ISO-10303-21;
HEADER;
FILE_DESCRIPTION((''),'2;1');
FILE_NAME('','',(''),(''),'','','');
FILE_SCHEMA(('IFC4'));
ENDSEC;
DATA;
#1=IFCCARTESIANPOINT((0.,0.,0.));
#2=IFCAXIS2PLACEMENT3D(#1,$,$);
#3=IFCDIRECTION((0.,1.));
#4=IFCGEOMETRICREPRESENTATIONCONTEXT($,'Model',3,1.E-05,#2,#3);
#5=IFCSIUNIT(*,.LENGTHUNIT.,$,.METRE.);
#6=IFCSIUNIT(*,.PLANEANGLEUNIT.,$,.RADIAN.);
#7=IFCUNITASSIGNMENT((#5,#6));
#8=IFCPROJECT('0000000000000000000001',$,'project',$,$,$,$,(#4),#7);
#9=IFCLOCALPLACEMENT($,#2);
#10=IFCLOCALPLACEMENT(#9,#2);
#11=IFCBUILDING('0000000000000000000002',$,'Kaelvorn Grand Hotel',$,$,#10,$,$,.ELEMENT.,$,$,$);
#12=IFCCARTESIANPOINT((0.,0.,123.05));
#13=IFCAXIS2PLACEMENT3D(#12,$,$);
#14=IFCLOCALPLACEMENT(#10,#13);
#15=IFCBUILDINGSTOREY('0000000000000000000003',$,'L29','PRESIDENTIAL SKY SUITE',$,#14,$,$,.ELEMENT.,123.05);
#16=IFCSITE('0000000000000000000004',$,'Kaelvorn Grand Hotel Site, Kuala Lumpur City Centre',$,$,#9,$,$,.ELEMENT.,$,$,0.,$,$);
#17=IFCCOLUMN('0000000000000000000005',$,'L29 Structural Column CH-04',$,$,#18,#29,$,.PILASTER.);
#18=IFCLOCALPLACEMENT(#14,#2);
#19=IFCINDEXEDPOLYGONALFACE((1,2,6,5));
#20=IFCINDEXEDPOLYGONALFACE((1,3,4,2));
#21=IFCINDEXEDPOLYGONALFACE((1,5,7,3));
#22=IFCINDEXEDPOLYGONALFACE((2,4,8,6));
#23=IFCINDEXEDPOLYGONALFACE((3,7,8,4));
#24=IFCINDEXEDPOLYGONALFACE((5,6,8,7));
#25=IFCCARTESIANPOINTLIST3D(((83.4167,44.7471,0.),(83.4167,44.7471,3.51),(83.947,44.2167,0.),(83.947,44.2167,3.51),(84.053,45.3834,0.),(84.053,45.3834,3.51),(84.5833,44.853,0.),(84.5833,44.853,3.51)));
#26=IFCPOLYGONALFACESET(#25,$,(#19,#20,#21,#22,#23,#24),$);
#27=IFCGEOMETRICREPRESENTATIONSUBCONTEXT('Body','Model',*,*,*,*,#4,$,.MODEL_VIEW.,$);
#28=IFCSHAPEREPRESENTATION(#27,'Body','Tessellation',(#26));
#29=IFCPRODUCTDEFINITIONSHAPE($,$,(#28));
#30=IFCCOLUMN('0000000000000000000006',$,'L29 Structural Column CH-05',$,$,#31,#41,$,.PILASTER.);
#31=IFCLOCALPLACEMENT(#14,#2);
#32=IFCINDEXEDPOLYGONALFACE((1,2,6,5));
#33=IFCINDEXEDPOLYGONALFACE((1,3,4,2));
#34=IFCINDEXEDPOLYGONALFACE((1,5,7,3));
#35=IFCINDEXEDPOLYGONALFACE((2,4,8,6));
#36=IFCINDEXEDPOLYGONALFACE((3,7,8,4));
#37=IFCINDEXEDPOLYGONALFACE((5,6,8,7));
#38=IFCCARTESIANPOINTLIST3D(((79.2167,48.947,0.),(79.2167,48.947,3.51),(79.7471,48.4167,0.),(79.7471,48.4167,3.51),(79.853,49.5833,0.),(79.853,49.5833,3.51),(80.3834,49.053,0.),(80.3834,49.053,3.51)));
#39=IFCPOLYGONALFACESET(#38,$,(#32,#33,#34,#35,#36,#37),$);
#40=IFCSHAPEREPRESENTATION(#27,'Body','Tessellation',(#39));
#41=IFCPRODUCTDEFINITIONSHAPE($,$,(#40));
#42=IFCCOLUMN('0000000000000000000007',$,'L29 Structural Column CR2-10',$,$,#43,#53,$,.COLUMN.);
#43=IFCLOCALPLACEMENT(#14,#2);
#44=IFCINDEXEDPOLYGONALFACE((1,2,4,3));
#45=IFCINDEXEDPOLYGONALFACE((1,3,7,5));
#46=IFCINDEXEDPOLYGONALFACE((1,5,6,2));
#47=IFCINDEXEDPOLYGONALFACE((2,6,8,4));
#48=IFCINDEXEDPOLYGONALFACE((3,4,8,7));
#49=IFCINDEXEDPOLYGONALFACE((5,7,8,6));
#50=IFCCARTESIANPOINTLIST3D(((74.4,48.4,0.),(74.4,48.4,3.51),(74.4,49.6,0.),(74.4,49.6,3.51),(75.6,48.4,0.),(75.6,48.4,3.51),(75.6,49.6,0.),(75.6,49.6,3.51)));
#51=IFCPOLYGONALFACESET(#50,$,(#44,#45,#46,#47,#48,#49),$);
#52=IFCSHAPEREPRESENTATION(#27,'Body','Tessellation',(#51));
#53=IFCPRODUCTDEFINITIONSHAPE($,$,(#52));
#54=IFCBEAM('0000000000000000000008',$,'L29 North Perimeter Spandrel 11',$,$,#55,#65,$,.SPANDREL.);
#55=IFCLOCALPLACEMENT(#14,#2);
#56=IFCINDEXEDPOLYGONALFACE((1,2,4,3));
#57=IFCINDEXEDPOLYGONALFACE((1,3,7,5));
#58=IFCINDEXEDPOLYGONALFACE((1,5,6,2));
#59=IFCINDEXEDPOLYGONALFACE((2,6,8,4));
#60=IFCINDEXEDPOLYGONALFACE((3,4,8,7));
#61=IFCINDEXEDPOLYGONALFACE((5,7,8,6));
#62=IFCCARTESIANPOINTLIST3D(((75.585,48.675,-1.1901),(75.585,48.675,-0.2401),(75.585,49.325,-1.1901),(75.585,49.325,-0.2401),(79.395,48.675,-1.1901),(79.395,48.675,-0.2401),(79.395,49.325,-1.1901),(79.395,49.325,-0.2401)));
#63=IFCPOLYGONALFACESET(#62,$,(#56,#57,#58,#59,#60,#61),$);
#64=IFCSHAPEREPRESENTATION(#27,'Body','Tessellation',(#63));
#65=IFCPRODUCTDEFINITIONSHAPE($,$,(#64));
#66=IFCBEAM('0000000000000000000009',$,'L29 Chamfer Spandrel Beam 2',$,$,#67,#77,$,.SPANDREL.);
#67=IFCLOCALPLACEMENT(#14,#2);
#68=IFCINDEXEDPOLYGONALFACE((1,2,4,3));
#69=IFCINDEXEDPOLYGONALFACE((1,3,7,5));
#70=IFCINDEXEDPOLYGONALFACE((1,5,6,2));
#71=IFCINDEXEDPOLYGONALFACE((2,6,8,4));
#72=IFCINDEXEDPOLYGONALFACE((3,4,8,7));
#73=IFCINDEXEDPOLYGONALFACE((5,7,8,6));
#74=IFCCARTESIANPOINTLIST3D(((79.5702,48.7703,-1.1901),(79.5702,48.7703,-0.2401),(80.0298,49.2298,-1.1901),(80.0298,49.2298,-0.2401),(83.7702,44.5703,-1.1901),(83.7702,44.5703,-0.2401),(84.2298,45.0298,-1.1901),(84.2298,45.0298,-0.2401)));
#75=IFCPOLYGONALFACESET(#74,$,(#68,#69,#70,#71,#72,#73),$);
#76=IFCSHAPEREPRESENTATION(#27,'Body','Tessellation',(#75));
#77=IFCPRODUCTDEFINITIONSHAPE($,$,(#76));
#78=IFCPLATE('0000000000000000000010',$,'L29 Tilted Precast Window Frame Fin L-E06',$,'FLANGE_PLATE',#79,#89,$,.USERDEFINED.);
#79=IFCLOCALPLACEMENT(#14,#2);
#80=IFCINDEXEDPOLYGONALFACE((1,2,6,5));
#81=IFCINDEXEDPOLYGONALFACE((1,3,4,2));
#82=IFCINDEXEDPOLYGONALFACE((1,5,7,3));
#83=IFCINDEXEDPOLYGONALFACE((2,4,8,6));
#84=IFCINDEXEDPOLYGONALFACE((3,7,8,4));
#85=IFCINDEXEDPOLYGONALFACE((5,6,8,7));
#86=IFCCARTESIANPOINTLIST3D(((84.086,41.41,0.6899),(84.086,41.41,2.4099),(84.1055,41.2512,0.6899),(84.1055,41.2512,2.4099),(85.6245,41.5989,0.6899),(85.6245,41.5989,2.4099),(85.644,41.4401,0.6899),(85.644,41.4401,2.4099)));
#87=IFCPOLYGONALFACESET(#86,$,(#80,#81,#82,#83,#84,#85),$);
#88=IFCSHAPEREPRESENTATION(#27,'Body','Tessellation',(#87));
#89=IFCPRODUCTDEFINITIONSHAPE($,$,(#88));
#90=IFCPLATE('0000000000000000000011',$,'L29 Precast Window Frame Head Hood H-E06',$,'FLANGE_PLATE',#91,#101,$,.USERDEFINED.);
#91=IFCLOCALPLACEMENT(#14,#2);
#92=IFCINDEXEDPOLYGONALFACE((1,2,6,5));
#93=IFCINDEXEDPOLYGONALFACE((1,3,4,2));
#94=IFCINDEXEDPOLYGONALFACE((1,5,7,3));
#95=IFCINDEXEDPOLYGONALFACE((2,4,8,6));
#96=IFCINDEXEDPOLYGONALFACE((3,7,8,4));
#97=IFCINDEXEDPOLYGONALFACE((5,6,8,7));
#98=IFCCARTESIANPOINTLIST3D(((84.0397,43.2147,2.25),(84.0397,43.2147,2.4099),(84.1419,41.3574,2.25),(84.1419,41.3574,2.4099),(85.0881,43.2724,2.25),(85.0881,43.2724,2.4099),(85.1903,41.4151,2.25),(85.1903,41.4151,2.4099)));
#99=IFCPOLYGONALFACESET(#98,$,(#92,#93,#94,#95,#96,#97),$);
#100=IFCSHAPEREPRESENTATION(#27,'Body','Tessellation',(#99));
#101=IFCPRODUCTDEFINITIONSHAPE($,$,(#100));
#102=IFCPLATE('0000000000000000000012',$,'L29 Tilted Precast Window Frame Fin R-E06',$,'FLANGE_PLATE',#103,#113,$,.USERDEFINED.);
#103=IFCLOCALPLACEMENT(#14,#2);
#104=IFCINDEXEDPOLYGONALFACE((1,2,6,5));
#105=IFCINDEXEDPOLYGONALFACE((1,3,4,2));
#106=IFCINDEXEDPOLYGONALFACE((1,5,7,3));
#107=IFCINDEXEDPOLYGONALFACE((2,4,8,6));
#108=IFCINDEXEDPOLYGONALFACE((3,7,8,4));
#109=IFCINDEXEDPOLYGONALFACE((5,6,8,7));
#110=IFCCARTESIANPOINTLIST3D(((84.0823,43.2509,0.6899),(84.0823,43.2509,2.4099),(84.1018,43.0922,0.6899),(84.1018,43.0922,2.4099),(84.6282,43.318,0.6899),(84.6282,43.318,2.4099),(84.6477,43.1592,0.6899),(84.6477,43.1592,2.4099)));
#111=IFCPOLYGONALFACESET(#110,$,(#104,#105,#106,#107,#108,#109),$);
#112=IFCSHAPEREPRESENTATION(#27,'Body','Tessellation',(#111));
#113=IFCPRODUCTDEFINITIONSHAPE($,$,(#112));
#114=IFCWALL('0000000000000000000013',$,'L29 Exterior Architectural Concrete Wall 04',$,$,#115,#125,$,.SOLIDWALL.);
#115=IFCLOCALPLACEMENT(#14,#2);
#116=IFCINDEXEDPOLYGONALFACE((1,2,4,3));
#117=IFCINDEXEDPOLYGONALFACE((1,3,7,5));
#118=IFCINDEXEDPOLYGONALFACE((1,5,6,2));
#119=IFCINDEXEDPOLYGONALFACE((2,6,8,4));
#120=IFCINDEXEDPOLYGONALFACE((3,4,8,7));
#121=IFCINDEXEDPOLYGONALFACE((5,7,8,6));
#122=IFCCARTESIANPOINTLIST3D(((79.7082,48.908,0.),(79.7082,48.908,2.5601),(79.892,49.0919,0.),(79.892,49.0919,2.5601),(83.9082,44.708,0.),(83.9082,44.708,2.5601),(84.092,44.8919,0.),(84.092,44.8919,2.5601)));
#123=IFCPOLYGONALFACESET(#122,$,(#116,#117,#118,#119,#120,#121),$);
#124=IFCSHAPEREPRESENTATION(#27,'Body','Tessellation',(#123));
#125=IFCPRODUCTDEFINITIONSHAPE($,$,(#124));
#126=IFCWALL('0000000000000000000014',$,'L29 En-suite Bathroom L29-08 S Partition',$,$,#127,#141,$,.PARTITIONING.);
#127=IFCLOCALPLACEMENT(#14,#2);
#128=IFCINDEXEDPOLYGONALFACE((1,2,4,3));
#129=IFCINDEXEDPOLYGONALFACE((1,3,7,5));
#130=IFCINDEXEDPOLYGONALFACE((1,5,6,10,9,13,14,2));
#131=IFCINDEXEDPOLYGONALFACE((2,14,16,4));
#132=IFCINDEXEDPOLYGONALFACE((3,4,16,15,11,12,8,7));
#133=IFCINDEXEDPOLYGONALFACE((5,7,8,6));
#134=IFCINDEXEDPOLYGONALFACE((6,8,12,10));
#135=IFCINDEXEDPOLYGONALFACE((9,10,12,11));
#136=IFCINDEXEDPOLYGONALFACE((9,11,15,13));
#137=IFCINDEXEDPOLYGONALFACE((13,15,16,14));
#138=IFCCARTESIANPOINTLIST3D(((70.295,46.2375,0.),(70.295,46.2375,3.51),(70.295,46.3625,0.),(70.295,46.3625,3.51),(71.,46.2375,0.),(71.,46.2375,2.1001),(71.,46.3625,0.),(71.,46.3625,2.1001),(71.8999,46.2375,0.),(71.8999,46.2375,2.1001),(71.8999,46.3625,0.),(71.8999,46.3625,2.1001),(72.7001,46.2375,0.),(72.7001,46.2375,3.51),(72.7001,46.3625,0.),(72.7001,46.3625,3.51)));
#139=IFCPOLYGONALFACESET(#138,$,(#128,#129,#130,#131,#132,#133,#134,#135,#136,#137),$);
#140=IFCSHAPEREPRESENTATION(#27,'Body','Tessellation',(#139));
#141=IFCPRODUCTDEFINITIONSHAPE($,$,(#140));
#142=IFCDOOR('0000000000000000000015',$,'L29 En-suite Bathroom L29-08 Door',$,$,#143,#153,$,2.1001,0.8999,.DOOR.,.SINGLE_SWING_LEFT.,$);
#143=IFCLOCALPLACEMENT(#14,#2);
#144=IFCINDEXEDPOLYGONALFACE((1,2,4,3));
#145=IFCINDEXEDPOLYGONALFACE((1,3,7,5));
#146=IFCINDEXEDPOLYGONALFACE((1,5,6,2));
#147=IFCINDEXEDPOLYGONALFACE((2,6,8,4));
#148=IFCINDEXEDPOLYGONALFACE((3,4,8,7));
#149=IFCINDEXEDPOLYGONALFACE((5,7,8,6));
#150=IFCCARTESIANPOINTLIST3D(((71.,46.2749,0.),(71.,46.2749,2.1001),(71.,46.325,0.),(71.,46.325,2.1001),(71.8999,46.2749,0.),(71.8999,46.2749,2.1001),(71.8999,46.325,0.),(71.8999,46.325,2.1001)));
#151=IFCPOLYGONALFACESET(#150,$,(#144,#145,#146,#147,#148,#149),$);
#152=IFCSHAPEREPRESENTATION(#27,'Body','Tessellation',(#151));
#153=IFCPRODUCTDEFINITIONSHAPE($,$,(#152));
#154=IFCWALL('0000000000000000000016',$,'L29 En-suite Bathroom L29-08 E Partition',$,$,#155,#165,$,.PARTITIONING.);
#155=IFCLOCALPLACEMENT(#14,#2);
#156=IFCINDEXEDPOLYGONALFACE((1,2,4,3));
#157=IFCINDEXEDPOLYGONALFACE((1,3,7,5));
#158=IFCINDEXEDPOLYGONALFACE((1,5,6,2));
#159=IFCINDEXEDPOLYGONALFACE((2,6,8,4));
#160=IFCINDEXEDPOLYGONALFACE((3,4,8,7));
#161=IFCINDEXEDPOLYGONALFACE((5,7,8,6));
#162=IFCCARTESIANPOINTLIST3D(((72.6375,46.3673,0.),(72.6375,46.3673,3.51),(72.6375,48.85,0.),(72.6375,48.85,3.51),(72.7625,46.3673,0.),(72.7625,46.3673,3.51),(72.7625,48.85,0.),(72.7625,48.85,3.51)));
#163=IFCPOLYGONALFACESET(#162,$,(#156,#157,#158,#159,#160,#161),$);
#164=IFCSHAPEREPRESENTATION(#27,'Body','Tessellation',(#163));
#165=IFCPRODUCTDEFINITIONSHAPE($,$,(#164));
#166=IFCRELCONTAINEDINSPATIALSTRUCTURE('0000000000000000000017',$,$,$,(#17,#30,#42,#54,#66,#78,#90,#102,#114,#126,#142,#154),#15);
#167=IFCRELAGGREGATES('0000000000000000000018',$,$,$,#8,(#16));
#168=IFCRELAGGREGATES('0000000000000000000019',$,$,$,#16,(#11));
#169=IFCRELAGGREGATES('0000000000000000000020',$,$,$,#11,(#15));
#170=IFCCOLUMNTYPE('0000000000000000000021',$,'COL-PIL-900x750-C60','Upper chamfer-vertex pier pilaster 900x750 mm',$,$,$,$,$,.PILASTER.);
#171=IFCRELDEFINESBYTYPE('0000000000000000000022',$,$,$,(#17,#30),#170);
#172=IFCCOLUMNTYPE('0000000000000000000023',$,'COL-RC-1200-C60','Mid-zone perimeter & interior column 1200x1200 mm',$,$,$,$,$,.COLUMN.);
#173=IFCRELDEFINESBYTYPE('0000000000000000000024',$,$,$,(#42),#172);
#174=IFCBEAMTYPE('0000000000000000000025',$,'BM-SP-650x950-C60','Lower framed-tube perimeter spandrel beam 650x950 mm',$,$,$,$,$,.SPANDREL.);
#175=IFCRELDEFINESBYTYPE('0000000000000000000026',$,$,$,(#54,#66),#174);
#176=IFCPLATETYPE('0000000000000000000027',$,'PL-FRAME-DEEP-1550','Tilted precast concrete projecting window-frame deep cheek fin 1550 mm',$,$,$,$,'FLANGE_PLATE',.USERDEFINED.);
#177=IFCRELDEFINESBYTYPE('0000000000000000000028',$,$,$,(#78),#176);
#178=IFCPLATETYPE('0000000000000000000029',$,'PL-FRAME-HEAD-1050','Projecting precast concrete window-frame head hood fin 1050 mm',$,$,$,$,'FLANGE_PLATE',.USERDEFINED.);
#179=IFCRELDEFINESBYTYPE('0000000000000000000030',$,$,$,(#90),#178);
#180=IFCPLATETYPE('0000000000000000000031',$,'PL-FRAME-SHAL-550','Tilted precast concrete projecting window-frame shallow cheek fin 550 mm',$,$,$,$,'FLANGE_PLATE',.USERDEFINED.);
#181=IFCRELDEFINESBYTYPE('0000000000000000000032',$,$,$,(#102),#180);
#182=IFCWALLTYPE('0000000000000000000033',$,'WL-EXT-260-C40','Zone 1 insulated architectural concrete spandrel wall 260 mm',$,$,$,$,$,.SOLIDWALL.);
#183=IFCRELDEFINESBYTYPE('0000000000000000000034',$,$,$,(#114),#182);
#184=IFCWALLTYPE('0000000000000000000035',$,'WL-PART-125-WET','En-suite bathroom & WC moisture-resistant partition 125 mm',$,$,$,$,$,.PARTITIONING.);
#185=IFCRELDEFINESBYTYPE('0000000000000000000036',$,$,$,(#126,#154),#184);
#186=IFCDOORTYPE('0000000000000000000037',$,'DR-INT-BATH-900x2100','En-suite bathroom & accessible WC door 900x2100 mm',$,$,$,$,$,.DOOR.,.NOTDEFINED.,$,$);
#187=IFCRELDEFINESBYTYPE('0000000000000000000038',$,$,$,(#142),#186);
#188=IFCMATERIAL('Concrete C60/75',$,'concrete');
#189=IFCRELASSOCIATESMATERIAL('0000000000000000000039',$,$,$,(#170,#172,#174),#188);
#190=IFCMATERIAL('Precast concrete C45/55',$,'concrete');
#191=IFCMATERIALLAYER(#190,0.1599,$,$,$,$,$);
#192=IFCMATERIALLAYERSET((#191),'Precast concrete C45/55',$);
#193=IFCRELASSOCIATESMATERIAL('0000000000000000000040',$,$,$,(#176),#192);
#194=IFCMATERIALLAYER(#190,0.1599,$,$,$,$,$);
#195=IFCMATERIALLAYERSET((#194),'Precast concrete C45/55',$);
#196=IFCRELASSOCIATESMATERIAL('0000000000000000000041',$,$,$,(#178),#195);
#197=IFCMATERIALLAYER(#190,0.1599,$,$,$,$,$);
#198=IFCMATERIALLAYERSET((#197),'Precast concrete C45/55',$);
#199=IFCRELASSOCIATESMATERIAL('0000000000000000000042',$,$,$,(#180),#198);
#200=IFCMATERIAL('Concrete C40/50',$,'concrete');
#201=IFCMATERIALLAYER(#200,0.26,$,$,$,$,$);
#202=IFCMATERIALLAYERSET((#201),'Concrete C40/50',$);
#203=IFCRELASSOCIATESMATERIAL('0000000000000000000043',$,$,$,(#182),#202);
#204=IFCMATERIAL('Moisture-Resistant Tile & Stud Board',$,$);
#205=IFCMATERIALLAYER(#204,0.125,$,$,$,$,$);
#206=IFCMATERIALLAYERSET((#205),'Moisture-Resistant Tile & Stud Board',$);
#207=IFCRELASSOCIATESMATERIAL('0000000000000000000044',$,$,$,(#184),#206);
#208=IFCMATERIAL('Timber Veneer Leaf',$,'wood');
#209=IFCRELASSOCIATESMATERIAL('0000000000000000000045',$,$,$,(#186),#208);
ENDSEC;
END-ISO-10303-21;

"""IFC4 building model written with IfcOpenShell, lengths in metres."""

from ifc_helpers import new_model, si_unit, direction, frame, frame_2d, origin, origin_2d, place, context, subcontext, project, spatial, rectangle, extrude, material, layer, layer_set, material_profile, profile_set, type_object, element, fill, save


model = new_model("IFC4")

# Units and contexts
model_context = context("Model", 3, precision=1e-05, world=origin(), true_north=direction((0.0, 1.0)))
body_context = subcontext(model_context, "Body", "Model", "MODEL_VIEW")
ifc_project = project(units=[si_unit("LENGTHUNIT", "METRE"), si_unit("PLANEANGLEUNIT", "RADIAN")], contexts=[model_context])

# Site, building, storey
site_placement = place(None, origin())
site = spatial("IfcSite", under=ifc_project, at=site_placement, Name="Kaelvorn Grand Hotel Site, Kuala Lumpur City Centre", CompositionType="ELEMENT", RefElevation=0.0)
building_placement = place(site_placement, origin())
building = spatial("IfcBuilding", under=site, at=building_placement, Name="Kaelvorn Grand Hotel", CompositionType="ELEMENT")
storey_placement = place(building_placement, frame((0.0, 0.0, 123.05)))
storey = spatial("IfcBuildingStorey", under=building, at=storey_placement, Name="L29", Description="PRESIDENTIAL SKY SUITE", CompositionType="ELEMENT", Elevation=123.05)

# Columns
ifc_material_1 = material(Name="Concrete C60/75", Category="concrete")
ifc_material_profile_1 = material_profile(ifc_material_1, rectangle(XDim=0.8999, YDim=0.75, at=origin_2d()), Name="RC PILASTER 900x750")
ifc_profile_set_1 = profile_set([ifc_material_profile_1], Name="Concrete C60/75")
column_type_1 = type_object("IfcColumnType", Name="COL-PIL-900x750-C60", Description="Upper chamfer-vertex pier pilaster 900x750 mm", PredefinedType="PILASTER", material=ifc_profile_set_1)
for number, where, z_axis, x_axis, name in (
    (1, (84.0, 44.8, 0.0), (0.0, 0.0, 1.0), (0.707107, 0.707107, 0.0), "L29 Structural Column CH-04"),
    (2, (79.8, 49.0, 0.0), (0.0, 0.0, 1.0), (0.707107, 0.707107, 0.0), "L29 Structural Column CH-05"),
):
    element("IfcColumn", number, at=place(storey_placement, frame(where, z_axis=z_axis, x_axis=x_axis)), inside=storey, type_object=column_type_1, Name=name, PredefinedType="PILASTER", context=body_context, shape_type="SweptSolid", body=[
        extrude(rectangle(XDim=0.8999, YDim=0.75, at=origin_2d()), origin(), (0.0, 0.0, 1.0), 3.51),
    ])
ifc_material_profile_2 = material_profile(ifc_material_1, rectangle(XDim=1.2, YDim=1.2, at=origin_2d()), Name="RC COL 1200x1200")
ifc_profile_set_2 = profile_set([ifc_material_profile_2], Name="Concrete C60/75")
column_type_2 = type_object("IfcColumnType", Name="COL-RC-1200-C60", Description="Mid-zone perimeter & interior column 1200x1200 mm", PredefinedType="COLUMN", material=ifc_profile_set_2)
column_placement = place(storey_placement, frame((75.0, 49.0, 0.0), z_axis=(0.0, 0.0, 1.0), x_axis=(1.0, 0.0, 0.0)))
element("IfcColumn", 3, at=column_placement, inside=storey, type_object=column_type_2, Name="L29 Structural Column CR2-10", PredefinedType="COLUMN", context=body_context, shape_type="SweptSolid", body=[
    extrude(rectangle(XDim=1.2, YDim=1.2, at=origin_2d()), origin(), (0.0, 0.0, 1.0), 3.51),
])

# Beams
ifc_material_profile_3 = material_profile(ifc_material_1, rectangle(XDim=0.6499, YDim=0.95, at=origin_2d()), Name="RC SPANDREL 650x950")
ifc_profile_set_3 = profile_set([ifc_material_profile_3], Name="Concrete C60/75")
beam_type = type_object("IfcBeamType", Name="BM-SP-650x950-C60", Description="Lower framed-tube perimeter spandrel beam 650x950 mm", PredefinedType="SPANDREL", material=ifc_profile_set_3)
beam_1_placement = place(storey_placement, frame((75.585, 49.0, -0.7151), z_axis=(1.0, 0.0, 0.0), x_axis=(0.0, 1.0, 0.0)))
element("IfcBeam", 4, at=beam_1_placement, inside=storey, type_object=beam_type, Name="L29 North Perimeter Spandrel 11", PredefinedType="SPANDREL", context=body_context, shape_type="SweptSolid", body=[
    extrude(rectangle(XDim=0.6499, YDim=0.95, at=origin_2d()), origin(), (0.0, 0.0, 1.0), 3.8101),
])
beam_2_placement = place(storey_placement, frame((84.0, 44.8, -0.7151), z_axis=(-0.707107, 0.707107, 0.0), x_axis=(-0.707107, -0.707107, 0.0)))
element("IfcBeam", 5, at=beam_2_placement, inside=storey, type_object=beam_type, Name="L29 Chamfer Spandrel Beam 2", PredefinedType="SPANDREL", context=body_context, shape_type="SweptSolid", body=[
    extrude(rectangle(XDim=0.6499, YDim=0.95, at=origin_2d()), origin(), (0.0, 0.0, 1.0), 5.9397),
])

# Plates
ifc_material_2 = material(Name="Precast concrete C45/55", Category="concrete")
ifc_layer_1 = layer(ifc_material_2, 0.1599)
ifc_layer_set_1 = layer_set([ifc_layer_1], Name="Precast concrete C45/55")
plate_type_1 = type_object("IfcPlateType", Name="PL-FRAME-DEEP-1550", Description="Tilted precast concrete projecting window-frame deep cheek fin 1550 mm", ElementType="FLANGE_PLATE", PredefinedType="USERDEFINED", material=ifc_layer_set_1)
plate_1_placement = place(storey_placement, frame((84.865, 41.425, 0.6899), z_axis=(0.0, 0.0, 1.0), x_axis=(-0.121869, 0.992546, 0.0)))
element("IfcPlate", 6, at=plate_1_placement, inside=storey, type_object=plate_type_1, Name="L29 Tilted Precast Window Frame Fin L-E06", ObjectType="FLANGE_PLATE", PredefinedType="USERDEFINED", context=body_context, shape_type="SweptSolid", body=[
    extrude(rectangle(XDim=0.1599, YDim=1.55, at=origin_2d()), origin(), (0.0, 0.0, 1.0), 1.72),
])
ifc_layer_2 = layer(ifc_material_2, 0.1599)
ifc_layer_set_2 = layer_set([ifc_layer_2], Name="Precast concrete C45/55")
plate_type_2 = type_object("IfcPlateType", Name="PL-FRAME-HEAD-1050", Description="Projecting precast concrete window-frame head hood fin 1050 mm", ElementType="FLANGE_PLATE", PredefinedType="USERDEFINED", material=ifc_layer_set_2)
plate_2_placement = place(storey_placement, frame((84.615, 42.3149, 2.25), z_axis=(0.0, 0.0, 1.0), x_axis=(-0.05495, 0.998489, 0.0)))
element("IfcPlate", 7, at=plate_2_placement, inside=storey, type_object=plate_type_2, Name="L29 Precast Window Frame Head Hood H-E06", ObjectType="FLANGE_PLATE", PredefinedType="USERDEFINED", context=body_context, shape_type="SweptSolid", body=[
    extrude(rectangle(XDim=1.8601, YDim=1.05, at=origin_2d()), origin(), (0.0, 0.0, 1.0), 0.1599),
])
ifc_layer_3 = layer(ifc_material_2, 0.1599)
ifc_layer_set_3 = layer_set([ifc_layer_3], Name="Precast concrete C45/55")
plate_type_3 = type_object("IfcPlateType", Name="PL-FRAME-SHAL-550", Description="Tilted precast concrete projecting window-frame shallow cheek fin 550 mm", ElementType="FLANGE_PLATE", PredefinedType="USERDEFINED", material=ifc_layer_set_3)
plate_3_placement = place(storey_placement, frame((84.365, 43.2051, 0.6899), z_axis=(0.0, 0.0, 1.0), x_axis=(-0.121869, 0.992546, 0.0)))
element("IfcPlate", 8, at=plate_3_placement, inside=storey, type_object=plate_type_3, Name="L29 Tilted Precast Window Frame Fin R-E06", ObjectType="FLANGE_PLATE", PredefinedType="USERDEFINED", context=body_context, shape_type="SweptSolid", body=[
    extrude(rectangle(XDim=0.1599, YDim=0.55, at=origin_2d()), origin(), (0.0, 0.0, 1.0), 1.72),
])

# Wall
ifc_material_3 = material(Name="Concrete C40/50", Category="concrete")
ifc_layer_4 = layer(ifc_material_3, 0.26)
ifc_layer_set_4 = layer_set([ifc_layer_4], Name="Concrete C40/50")
wall_type_1 = type_object("IfcWallType", Name="WL-EXT-260-C40", Description="Zone 1 insulated architectural concrete spandrel wall 260 mm", PredefinedType="SOLIDWALL", material=ifc_layer_set_4)
wall_1_placement = place(storey_placement, frame((84.0, 44.8, 0.0), z_axis=(0.0, 0.0, 1.0), x_axis=(-0.707107, 0.707107, 0.0)))
element("IfcWall", 9, at=wall_1_placement, inside=storey, type_object=wall_type_1, Name="L29 Exterior Architectural Concrete Wall 04", PredefinedType="SOLIDWALL", context=body_context, shape_type="SweptSolid", body=[
    extrude(rectangle(XDim=5.9397, YDim=0.26, at=frame_2d((2.9697, 0.0))), origin(), (0.0, 0.0, 1.0), 2.5601),
])

# Wall, opening, door
ifc_material_4 = material(Name="Moisture-Resistant Tile & Stud Board")
ifc_layer_5 = layer(ifc_material_4, 0.125)
ifc_layer_set_5 = layer_set([ifc_layer_5], Name="Moisture-Resistant Tile & Stud Board")
wall_type_2 = type_object("IfcWallType", Name="WL-PART-125-WET", Description="En-suite bathroom & WC moisture-resistant partition 125 mm", PredefinedType="PARTITIONING", material=ifc_layer_set_5)
wall_2_placement = place(storey_placement, frame((70.2949, 46.3, 0.0), z_axis=(0.0, 0.0, 1.0), x_axis=(1.0, 0.0, 0.0)))
wall_2 = element("IfcWall", 10, at=wall_2_placement, inside=storey, type_object=wall_type_2, Name="L29 En-suite Bathroom L29-08 S Partition", PredefinedType="PARTITIONING", context=body_context, shape_type="SweptSolid", body=[
    extrude(rectangle(XDim=2.405, YDim=0.125, at=frame_2d((1.2026, 0.0))), origin(), (0.0, 0.0, 1.0), 3.51),
])
opening_1_placement = place(wall_2_placement, frame((0.7051, 0.0, 0.0)))
opening_1 = element("IfcOpeningElement", 11, at=opening_1_placement, cuts=wall_2, PredefinedType="OPENING", context=body_context, shape_type="SweptSolid", body=[
    extrude(rectangle(XDim=0.8999, YDim=2.1001, at=frame_2d((0.45, 1.05))), frame((0.0, 0.0725, 0.0), z_axis=(0.0, -1.0, 0.0), x_axis=(1.0, 0.0, 0.0)), (0.0, 0.0, 1.0), 0.145),
])
ifc_material_5 = material(Name="Timber Veneer Leaf", Category="wood")
door_type = type_object("IfcDoorType", Name="DR-INT-BATH-900x2100", Description="En-suite bathroom & accessible WC door 900x2100 mm", OperationType="NOTDEFINED", PredefinedType="DOOR", material=ifc_material_5)
door_placement = place(opening_1_placement, origin())
door = element("IfcDoor", 12, at=door_placement, inside=storey, type_object=door_type, Name="L29 En-suite Bathroom L29-08 Door", OperationType="SINGLE_SWING_LEFT", OverallHeight=2.1001, OverallWidth=0.8999, PredefinedType="DOOR", context=body_context, shape_type="SweptSolid", body=[
    extrude(rectangle(XDim=0.8999, YDim=2.1001, at=frame_2d((0.45, 1.05))), frame((0.0, 0.0249, 0.0), z_axis=(0.0, -1.0, 0.0), x_axis=(1.0, 0.0, 0.0)), (0.0, 0.0, 1.0), 0.05),
])
fill(opening_1, door)

# Wall
wall_3_placement = place(storey_placement, frame((72.7, 46.3674, 0.0), z_axis=(0.0, 0.0, 1.0), x_axis=(0.0, 1.0, 0.0)))
element("IfcWall", 13, at=wall_3_placement, inside=storey, type_object=wall_type_2, Name="L29 En-suite Bathroom L29-08 E Partition", PredefinedType="PARTITIONING", context=body_context, shape_type="SweptSolid", body=[
    extrude(rectangle(XDim=2.4827, YDim=0.125, at=frame_2d((1.2412, 0.0))), origin(), (0.0, 0.0, 1.0), 3.51),
])

save(model, "model.ifc")
